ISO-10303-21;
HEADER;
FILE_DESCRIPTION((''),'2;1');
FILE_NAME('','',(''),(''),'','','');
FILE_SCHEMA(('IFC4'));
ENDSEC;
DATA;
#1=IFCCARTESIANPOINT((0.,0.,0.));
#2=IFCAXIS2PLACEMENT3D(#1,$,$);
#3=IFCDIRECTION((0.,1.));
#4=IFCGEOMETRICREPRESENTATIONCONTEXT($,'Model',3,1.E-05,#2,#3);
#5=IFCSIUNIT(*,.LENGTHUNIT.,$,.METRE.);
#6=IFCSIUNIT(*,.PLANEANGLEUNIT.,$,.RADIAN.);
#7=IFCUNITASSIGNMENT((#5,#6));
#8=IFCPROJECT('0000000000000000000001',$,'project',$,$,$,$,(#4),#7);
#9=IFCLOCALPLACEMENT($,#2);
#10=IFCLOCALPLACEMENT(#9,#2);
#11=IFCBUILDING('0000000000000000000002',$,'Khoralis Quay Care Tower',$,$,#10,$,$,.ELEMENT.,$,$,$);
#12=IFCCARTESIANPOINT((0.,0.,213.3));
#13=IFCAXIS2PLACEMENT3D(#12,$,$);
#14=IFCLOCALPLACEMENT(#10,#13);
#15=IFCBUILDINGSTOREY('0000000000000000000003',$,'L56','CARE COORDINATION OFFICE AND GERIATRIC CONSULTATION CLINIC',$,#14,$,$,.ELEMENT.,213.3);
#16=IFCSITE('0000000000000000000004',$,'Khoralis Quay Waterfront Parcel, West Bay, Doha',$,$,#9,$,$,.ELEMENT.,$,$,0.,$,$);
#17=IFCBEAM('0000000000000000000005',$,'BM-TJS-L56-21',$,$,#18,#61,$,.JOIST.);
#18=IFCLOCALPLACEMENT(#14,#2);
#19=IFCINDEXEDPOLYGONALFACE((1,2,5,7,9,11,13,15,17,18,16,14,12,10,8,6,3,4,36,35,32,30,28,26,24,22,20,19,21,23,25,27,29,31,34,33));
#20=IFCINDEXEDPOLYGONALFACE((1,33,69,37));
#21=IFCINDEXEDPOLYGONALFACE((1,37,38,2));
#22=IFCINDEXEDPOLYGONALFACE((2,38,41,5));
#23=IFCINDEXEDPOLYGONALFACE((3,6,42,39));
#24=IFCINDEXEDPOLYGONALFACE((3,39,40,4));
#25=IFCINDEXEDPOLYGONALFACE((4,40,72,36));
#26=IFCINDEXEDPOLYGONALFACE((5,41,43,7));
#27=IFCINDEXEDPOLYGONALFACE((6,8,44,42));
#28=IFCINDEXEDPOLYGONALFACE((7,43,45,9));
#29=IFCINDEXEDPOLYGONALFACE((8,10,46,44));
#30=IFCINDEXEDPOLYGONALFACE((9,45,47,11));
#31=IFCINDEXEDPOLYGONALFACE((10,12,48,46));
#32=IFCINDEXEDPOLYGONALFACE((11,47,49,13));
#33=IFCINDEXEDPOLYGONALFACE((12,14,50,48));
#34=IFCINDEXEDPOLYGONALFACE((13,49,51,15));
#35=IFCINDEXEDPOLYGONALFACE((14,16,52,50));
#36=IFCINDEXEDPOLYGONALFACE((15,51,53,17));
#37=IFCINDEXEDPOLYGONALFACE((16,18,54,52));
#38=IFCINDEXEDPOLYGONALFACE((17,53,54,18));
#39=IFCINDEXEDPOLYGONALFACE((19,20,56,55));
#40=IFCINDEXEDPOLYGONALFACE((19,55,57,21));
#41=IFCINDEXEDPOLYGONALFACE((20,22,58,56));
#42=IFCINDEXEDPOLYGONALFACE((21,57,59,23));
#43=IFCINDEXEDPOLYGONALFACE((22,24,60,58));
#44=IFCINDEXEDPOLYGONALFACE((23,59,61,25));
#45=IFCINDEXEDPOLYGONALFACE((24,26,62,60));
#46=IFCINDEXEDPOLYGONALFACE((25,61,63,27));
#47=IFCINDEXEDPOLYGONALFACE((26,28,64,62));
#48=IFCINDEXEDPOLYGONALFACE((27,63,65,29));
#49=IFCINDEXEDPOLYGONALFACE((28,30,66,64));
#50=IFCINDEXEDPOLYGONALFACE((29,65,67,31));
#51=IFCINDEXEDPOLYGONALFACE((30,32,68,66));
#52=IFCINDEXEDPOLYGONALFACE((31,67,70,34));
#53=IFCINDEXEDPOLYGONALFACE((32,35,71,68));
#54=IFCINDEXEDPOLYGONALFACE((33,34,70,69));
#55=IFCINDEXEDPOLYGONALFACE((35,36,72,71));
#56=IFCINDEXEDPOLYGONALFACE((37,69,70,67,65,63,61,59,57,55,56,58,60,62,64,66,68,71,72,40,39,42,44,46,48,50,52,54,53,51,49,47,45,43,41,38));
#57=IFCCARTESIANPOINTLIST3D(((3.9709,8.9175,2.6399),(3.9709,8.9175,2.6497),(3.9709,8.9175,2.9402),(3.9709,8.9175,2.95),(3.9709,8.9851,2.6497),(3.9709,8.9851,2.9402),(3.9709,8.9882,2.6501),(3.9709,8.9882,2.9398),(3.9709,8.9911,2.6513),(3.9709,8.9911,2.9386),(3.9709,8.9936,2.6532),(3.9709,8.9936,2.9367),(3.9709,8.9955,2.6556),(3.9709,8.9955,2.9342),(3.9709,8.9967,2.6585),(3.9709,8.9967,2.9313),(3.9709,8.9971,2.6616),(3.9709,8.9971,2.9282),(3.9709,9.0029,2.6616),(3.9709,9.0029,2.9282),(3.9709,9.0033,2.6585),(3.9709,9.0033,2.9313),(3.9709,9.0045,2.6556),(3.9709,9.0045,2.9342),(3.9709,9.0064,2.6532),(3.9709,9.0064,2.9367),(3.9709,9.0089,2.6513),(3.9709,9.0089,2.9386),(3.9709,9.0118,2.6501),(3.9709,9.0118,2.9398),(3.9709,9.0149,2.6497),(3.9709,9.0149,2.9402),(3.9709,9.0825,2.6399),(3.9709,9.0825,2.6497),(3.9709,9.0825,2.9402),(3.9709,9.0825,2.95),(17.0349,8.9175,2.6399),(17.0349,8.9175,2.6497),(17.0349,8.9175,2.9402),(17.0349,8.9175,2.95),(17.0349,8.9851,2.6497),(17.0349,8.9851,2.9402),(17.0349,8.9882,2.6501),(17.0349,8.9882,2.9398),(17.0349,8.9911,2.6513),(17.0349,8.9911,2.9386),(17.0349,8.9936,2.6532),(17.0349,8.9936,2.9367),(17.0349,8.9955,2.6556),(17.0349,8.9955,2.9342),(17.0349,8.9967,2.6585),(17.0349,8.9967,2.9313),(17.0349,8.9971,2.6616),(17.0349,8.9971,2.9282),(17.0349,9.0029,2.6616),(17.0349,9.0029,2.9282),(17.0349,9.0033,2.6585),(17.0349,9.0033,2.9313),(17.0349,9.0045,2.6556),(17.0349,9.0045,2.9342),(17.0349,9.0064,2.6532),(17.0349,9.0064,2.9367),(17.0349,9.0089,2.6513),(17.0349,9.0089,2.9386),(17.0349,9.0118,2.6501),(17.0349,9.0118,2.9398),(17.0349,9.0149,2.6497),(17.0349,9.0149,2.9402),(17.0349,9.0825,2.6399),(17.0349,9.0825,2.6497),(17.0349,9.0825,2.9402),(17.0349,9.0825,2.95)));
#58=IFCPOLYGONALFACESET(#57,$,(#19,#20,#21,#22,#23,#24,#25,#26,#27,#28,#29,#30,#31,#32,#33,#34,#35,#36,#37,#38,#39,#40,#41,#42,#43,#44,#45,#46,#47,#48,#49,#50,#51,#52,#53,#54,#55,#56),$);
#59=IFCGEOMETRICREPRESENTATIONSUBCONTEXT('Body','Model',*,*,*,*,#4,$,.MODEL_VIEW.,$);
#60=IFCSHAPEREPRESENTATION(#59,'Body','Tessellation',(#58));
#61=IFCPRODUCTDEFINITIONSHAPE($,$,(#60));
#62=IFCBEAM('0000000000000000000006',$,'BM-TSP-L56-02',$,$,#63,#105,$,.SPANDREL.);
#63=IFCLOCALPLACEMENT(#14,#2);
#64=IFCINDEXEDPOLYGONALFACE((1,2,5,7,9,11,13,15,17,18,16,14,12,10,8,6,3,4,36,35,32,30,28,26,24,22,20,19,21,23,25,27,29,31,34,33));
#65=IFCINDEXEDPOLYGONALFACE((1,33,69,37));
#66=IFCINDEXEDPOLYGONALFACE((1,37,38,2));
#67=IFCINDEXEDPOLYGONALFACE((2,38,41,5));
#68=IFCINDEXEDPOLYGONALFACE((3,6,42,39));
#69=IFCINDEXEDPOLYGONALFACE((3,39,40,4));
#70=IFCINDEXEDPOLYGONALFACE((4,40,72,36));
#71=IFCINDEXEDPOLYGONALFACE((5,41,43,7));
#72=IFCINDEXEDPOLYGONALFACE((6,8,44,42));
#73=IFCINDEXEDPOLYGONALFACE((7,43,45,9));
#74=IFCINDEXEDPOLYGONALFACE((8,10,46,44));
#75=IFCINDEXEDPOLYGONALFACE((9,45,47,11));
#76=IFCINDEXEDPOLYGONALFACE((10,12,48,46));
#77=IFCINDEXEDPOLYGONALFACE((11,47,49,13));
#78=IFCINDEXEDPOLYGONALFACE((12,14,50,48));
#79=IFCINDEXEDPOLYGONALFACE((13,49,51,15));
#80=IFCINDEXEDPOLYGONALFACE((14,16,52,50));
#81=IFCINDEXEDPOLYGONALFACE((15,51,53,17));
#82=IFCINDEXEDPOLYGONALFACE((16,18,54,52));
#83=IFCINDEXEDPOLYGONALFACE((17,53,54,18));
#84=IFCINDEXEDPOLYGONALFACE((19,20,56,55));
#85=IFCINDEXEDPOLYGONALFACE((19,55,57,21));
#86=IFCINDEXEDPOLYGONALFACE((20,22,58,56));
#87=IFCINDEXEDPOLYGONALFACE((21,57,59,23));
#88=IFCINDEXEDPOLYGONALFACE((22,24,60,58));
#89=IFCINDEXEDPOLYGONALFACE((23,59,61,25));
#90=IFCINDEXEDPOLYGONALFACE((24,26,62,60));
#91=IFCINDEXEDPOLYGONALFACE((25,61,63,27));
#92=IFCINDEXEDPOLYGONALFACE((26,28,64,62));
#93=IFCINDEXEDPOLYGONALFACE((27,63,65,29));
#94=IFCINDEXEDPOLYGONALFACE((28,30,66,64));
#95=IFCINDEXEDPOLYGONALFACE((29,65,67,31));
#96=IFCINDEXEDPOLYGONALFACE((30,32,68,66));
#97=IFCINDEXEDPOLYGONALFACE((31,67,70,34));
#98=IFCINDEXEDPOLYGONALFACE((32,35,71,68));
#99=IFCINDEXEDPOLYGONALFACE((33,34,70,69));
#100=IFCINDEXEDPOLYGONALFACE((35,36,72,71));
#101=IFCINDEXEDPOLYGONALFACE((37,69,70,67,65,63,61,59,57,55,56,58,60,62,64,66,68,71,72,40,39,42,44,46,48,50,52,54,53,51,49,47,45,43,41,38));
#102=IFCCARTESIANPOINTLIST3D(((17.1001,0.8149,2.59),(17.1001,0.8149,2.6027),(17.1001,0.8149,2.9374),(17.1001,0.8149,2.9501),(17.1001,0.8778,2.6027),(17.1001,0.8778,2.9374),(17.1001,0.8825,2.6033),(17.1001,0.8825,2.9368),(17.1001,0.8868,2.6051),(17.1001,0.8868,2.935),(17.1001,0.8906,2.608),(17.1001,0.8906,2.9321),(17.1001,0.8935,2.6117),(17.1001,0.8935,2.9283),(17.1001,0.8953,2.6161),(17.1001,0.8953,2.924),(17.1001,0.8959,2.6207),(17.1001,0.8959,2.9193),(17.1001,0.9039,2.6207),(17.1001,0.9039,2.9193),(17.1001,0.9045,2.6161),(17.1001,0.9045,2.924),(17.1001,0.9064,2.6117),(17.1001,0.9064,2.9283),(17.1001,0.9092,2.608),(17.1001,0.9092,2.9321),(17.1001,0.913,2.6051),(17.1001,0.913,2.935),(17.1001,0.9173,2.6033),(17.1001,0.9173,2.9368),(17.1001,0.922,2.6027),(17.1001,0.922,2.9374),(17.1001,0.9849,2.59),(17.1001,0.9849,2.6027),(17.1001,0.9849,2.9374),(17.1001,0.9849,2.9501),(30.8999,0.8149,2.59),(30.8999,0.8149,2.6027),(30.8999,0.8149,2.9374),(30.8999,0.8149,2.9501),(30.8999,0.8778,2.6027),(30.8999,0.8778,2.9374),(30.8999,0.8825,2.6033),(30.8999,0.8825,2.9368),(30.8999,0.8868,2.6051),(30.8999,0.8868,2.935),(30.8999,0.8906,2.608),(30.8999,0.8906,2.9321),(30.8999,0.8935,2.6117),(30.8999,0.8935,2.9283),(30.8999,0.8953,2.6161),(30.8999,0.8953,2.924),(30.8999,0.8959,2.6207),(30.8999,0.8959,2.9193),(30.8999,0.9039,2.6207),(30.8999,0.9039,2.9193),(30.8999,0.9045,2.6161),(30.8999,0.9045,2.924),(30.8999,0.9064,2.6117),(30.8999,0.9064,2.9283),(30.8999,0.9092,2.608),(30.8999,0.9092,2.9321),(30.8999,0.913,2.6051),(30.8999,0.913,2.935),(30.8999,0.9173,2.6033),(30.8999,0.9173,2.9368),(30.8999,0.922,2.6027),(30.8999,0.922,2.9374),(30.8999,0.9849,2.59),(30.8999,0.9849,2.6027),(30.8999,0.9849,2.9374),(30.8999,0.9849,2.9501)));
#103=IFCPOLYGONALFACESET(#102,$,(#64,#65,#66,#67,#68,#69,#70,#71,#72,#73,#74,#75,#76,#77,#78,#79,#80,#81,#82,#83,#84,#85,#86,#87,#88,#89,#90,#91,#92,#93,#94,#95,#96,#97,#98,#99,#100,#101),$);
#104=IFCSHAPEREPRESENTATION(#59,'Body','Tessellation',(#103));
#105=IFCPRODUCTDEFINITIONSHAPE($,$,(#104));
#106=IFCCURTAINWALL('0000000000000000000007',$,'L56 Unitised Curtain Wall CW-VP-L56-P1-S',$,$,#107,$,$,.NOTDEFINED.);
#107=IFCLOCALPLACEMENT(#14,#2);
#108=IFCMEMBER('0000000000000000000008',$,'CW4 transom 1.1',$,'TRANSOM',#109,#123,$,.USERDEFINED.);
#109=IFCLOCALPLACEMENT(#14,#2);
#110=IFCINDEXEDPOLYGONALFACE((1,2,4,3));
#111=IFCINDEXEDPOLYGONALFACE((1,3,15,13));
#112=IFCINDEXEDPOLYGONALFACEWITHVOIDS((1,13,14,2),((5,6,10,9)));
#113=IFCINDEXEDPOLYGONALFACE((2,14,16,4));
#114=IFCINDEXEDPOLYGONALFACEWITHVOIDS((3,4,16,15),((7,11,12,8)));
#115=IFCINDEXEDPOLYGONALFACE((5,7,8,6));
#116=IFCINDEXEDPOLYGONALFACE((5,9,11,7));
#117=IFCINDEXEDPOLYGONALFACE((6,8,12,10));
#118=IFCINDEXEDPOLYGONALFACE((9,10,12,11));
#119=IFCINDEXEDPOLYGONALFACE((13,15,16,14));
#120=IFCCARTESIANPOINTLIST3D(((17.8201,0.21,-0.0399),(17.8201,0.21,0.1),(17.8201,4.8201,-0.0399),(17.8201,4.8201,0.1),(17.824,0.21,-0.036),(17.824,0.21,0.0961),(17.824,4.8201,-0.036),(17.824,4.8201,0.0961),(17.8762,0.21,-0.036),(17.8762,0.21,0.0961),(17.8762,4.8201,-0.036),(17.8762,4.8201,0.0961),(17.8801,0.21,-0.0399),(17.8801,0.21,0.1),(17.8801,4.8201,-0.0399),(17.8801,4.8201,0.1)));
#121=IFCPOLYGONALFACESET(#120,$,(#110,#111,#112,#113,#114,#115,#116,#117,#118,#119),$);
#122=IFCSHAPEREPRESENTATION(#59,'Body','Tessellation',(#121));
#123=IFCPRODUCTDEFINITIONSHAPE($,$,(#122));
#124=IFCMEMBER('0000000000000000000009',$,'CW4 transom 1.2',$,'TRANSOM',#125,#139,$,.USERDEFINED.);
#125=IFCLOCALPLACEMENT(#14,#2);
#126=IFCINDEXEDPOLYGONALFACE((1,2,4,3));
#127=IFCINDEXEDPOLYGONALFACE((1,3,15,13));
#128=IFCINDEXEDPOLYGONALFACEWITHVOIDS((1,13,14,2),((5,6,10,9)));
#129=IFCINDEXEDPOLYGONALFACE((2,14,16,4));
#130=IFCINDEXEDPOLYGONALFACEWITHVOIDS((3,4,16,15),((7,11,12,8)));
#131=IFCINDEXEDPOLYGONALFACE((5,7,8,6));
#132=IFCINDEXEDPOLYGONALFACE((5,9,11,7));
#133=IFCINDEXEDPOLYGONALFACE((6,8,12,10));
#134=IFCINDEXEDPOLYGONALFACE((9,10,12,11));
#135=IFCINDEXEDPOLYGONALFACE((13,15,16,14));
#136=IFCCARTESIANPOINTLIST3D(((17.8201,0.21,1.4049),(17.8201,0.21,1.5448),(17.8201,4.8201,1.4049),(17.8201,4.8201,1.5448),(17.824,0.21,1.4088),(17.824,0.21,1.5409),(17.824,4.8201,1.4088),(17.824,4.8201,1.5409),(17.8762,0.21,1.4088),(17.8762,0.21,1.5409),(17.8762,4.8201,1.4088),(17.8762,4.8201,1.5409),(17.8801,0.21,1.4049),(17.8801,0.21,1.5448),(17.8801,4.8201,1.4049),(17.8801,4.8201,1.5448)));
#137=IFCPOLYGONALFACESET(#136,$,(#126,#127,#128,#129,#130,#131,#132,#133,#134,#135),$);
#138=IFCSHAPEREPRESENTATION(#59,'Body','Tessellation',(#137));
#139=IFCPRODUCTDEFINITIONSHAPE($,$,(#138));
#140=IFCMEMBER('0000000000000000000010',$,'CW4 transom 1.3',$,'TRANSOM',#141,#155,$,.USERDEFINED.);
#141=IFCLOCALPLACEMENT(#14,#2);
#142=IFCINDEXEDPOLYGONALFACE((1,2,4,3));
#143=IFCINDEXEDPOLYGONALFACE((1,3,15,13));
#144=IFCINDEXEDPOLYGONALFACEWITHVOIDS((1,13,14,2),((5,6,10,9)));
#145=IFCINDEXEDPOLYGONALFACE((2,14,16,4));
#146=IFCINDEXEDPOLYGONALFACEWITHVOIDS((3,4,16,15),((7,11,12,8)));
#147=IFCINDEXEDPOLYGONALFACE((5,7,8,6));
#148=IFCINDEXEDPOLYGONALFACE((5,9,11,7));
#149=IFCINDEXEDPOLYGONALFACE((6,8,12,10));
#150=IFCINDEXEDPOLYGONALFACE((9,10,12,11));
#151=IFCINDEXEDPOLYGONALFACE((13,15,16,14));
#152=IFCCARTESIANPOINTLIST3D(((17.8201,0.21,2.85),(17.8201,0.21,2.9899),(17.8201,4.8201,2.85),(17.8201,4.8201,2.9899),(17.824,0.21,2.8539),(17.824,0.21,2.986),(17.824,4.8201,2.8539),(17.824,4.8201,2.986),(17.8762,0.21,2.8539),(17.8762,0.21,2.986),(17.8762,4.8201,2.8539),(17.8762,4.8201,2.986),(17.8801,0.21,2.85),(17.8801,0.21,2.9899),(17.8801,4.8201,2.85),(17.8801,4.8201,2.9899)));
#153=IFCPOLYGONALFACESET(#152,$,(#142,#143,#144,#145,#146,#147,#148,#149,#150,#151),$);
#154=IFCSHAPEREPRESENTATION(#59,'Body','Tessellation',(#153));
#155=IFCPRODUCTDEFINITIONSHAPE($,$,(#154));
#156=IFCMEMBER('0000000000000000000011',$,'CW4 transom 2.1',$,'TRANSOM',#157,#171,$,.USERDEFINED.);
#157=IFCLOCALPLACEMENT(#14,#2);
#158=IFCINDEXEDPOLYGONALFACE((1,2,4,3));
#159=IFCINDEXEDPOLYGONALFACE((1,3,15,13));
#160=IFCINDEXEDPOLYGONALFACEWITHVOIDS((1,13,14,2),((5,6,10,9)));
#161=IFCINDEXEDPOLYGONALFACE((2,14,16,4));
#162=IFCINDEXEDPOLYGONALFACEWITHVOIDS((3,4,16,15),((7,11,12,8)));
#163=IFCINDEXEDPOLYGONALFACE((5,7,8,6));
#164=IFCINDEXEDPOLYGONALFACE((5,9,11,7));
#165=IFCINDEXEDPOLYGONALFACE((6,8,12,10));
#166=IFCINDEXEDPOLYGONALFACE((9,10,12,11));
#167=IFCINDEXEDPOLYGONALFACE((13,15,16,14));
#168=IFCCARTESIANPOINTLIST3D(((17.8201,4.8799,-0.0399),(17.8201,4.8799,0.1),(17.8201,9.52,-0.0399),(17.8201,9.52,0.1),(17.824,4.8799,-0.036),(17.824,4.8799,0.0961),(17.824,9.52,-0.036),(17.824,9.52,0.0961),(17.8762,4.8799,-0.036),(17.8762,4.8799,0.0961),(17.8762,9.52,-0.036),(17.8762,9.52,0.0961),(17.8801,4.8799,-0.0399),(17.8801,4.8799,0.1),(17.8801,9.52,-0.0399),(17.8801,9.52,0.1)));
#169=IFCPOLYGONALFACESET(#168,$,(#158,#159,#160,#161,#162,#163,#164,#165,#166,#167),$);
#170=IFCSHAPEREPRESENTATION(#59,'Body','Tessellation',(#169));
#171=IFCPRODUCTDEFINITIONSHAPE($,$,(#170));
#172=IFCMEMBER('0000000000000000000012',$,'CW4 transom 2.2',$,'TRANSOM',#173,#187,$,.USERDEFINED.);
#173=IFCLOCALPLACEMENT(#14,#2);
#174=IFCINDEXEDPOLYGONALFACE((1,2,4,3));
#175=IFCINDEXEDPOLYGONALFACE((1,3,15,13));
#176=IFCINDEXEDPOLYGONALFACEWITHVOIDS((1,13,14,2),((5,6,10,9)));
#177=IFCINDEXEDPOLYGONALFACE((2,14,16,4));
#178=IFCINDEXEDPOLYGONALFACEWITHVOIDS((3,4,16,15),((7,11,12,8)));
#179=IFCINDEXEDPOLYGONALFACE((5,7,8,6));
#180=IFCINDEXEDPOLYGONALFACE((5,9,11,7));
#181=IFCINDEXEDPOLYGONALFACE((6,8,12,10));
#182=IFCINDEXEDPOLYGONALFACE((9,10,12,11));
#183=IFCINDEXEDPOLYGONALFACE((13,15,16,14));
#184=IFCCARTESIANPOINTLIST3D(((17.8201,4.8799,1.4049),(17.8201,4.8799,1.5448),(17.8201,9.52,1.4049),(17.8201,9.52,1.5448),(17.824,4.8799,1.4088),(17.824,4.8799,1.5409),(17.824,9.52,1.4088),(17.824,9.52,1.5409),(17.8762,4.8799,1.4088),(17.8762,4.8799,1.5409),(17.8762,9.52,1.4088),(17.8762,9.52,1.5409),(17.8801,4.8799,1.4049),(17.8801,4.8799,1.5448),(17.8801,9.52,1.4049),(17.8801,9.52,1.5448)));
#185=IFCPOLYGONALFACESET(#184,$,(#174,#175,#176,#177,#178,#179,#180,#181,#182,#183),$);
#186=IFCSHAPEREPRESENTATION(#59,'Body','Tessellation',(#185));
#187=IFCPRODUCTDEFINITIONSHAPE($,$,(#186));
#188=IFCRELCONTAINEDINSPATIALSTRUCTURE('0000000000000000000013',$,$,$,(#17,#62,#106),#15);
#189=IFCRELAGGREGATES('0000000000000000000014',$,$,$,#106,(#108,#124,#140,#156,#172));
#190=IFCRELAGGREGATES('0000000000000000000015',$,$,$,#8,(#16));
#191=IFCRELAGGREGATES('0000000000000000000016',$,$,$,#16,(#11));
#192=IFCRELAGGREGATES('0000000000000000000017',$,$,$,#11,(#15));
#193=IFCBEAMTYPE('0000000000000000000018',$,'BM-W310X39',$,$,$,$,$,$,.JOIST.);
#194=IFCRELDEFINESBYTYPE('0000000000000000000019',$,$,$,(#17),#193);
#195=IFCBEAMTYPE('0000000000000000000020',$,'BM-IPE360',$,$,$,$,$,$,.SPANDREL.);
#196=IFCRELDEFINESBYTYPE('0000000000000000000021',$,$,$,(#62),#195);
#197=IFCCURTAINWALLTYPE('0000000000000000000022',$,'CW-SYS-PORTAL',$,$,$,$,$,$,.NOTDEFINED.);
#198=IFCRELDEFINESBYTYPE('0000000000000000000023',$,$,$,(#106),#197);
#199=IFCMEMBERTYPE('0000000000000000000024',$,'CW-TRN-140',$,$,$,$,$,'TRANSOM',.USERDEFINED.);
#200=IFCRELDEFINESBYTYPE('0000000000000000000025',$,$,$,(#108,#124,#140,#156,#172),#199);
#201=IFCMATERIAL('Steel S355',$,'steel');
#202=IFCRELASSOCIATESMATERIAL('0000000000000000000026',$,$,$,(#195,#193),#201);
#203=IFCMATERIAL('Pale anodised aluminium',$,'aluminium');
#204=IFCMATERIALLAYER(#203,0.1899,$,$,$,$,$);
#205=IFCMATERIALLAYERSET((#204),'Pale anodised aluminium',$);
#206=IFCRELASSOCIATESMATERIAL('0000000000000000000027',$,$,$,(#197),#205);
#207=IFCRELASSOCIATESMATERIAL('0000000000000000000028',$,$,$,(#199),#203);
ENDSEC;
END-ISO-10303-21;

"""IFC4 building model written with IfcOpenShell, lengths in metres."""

from ifc_helpers import new_model, si_unit, direction, frame, origin, origin_2d, place, context, subcontext, project, spatial, hollow_rectangle, i_section, extrude, source, transform, mapped, material, layer, layer_set, material_profile, profile_set, type_object, element, aggregate, save


model = new_model("IFC4")

# Units and contexts
model_context = context("Model", 3, precision=1e-05, world=origin(), true_north=direction((0.0, 1.0)))
body_context = subcontext(model_context, "Body", "Model", "MODEL_VIEW")
ifc_project = project(units=[si_unit("LENGTHUNIT", "METRE"), si_unit("PLANEANGLEUNIT", "RADIAN")], contexts=[model_context])

# Site, building, storey
site_placement = place(None, origin())
site = spatial("IfcSite", under=ifc_project, at=site_placement, Name="Khoralis Quay Waterfront Parcel, West Bay, Doha", CompositionType="ELEMENT", RefElevation=0.0)
building_placement = place(site_placement, origin())
building = spatial("IfcBuilding", under=site, at=building_placement, Name="Khoralis Quay Care Tower", CompositionType="ELEMENT")
storey_placement = place(building_placement, frame((0.0, 0.0, 213.3)))
storey = spatial("IfcBuildingStorey", under=building, at=storey_placement, Name="L56", Description="CARE COORDINATION OFFICE AND GERIATRIC CONSULTATION CLINIC", CompositionType="ELEMENT", Elevation=213.3)

# Beams
ifc_material_1 = material(Name="Steel S355", Category="steel")
ifc_material_profile_1 = material_profile(ifc_material_1, i_section(OverallWidth=0.1699, OverallDepth=0.3601, WebThickness=0.0081, FlangeThickness=0.0127, FilletRadius=0.0181, at=origin_2d()), Name="Steel S355")
ifc_profile_set_1 = profile_set([ifc_material_profile_1], Name="Steel S355")
beam_type_1 = type_object("IfcBeamType", Name="BM-IPE360", PredefinedType="SPANDREL", material=ifc_profile_set_1)
ifc_material_profile_2 = material_profile(ifc_material_1, i_section(OverallWidth=0.165, OverallDepth=0.3101, WebThickness=0.0059, FlangeThickness=0.0098, FilletRadius=0.012, at=origin_2d()), Name="Steel S355")
ifc_profile_set_2 = profile_set([ifc_material_profile_2], Name="Steel S355")
beam_type_2 = type_object("IfcBeamType", Name="BM-W310X39", PredefinedType="JOIST", material=ifc_profile_set_2)
shared_shape_1 = source(origin(), body_context, "Body", "SweptSolid", [
    extrude(i_section(OverallWidth=0.165, OverallDepth=0.3101, WebThickness=0.0059, FlangeThickness=0.0098, FilletRadius=0.012, at=origin_2d()), origin(), (0.0, 0.0, 1.0), 13.064),
])
beam_1_placement = place(storey_placement, frame((3.9709, 9.0, 2.7949), z_axis=(1.0, 0.0, 0.0), x_axis=(0.0, 1.0, 0.0)))
element("IfcBeam", 1, at=beam_1_placement, inside=storey, type_object=beam_type_2, Name="BM-TJS-L56-21", PredefinedType="JOIST", context=body_context, shape_type="MappedRepresentation", body=[
    mapped(shared_shape_1, transform((0.0, 0.0, 0.0), scale=1.0)),
])
shared_shape_2 = source(origin(), body_context, "Body", "SweptSolid", [
    extrude(i_section(OverallWidth=0.1699, OverallDepth=0.3601, WebThickness=0.0081, FlangeThickness=0.0127, FilletRadius=0.0181, at=origin_2d()), origin(), (0.0, 0.0, 1.0), 13.7998),
])
beam_2_placement = place(storey_placement, frame((17.1001, 0.8999, 2.77), z_axis=(1.0, 0.0, 0.0), x_axis=(0.0, 1.0, 0.0)))
element("IfcBeam", 2, at=beam_2_placement, inside=storey, type_object=beam_type_1, Name="BM-TSP-L56-02", PredefinedType="SPANDREL", context=body_context, shape_type="MappedRepresentation", body=[
    mapped(shared_shape_2, transform((0.0, 0.0, 0.0), scale=1.0)),
])

# Curtain wall, members
ifc_material_2 = material(Name="Pale anodised aluminium", Category="aluminium")
ifc_layer_1 = layer(ifc_material_2, 0.1899)
ifc_layer_set_1 = layer_set([ifc_layer_1], Name="Pale anodised aluminium")
curtain_wall_type = type_object("IfcCurtainWallType", Name="CW-SYS-PORTAL", PredefinedType="NOTDEFINED", material=ifc_layer_set_1)
curtain_wall_placement = place(storey_placement, origin())
curtain_wall = element("IfcCurtainWall", 3, at=curtain_wall_placement, inside=storey, type_object=curtain_wall_type, Name="L56 Unitised Curtain Wall CW-VP-L56-P1-S", PredefinedType="NOTDEFINED")
ifc_material_profile_3 = material_profile(ifc_material_2, hollow_rectangle(XDim=0.0601, YDim=0.1399, WallThickness=0.0039, at=origin_2d()), Name="Pale anodised aluminium")
ifc_profile_set_3 = profile_set([ifc_material_profile_3], Name="Pale anodised aluminium")
member_type_1 = type_object("IfcMemberType", Name="CW-TRN-140", ElementType="TRANSOM", PredefinedType="USERDEFINED", material=ifc_profile_set_3)
shared_shape_3 = source(origin(), body_context, "Body", "SweptSolid", [
    extrude(hollow_rectangle(XDim=0.0601, YDim=0.1399, WallThickness=0.0039, at=origin_2d()), origin(), (0.0, 0.0, 1.0), 4.6101),
])
member_1_placement = place(storey_placement, frame((17.8501, 0.21, 0.03), z_axis=(0.0, 1.0, 0.0), x_axis=(-1.0, 0.0, 0.0)))
member_1 = element("IfcMember", 4, at=member_1_placement, type_object=member_type_1, Name="CW4 transom 1.1", ObjectType="TRANSOM", PredefinedType="USERDEFINED", context=body_context, shape_type="MappedRepresentation", body=[
    mapped(shared_shape_3, transform((0.0, 0.0, 0.0), scale=1.0)),
])
member_2_placement = place(storey_placement, frame((17.8501, 0.21, 1.4749), z_axis=(0.0, 1.0, 0.0), x_axis=(-1.0, 0.0, 0.0)))
member_2 = element("IfcMember", 5, at=member_2_placement, type_object=member_type_1, Name="CW4 transom 1.2", ObjectType="TRANSOM", PredefinedType="USERDEFINED", context=body_context, shape_type="MappedRepresentation", body=[
    mapped(shared_shape_3, transform((0.0, 0.0, 0.0), scale=1.0)),
])
member_3_placement = place(storey_placement, frame((17.8501, 0.21, 2.9199), z_axis=(0.0, 1.0, 0.0), x_axis=(-1.0, 0.0, 0.0)))
member_3 = element("IfcMember", 6, at=member_3_placement, type_object=member_type_1, Name="CW4 transom 1.3", ObjectType="TRANSOM", PredefinedType="USERDEFINED", context=body_context, shape_type="MappedRepresentation", body=[
    mapped(shared_shape_3, transform((0.0, 0.0, 0.0), scale=1.0)),
])
shared_shape_4 = source(origin(), body_context, "Body", "SweptSolid", [
    extrude(hollow_rectangle(XDim=0.0601, YDim=0.1399, WallThickness=0.0039, at=origin_2d()), origin(), (0.0, 0.0, 1.0), 4.6401),
])
member_4_placement = place(storey_placement, frame((17.8501, 4.8799, 0.03), z_axis=(0.0, 1.0, 0.0), x_axis=(-1.0, 0.0, 0.0)))
member_4 = element("IfcMember", 7, at=member_4_placement, type_object=member_type_1, Name="CW4 transom 2.1", ObjectType="TRANSOM", PredefinedType="USERDEFINED", context=body_context, shape_type="MappedRepresentation", body=[
    mapped(shared_shape_4, transform((0.0, 0.0, 0.0), scale=1.0)),
])
member_5_placement = place(storey_placement, frame((17.8501, 4.8799, 1.4749), z_axis=(0.0, 1.0, 0.0), x_axis=(-1.0, 0.0, 0.0)))
member_5 = element("IfcMember", 8, at=member_5_placement, type_object=member_type_1, Name="CW4 transom 2.2", ObjectType="TRANSOM", PredefinedType="USERDEFINED", context=body_context, shape_type="MappedRepresentation", body=[
    mapped(shared_shape_4, transform((0.0, 0.0, 0.0), scale=1.0)),
])

aggregate(curtain_wall, [member_1, member_2, member_3, member_4, member_5])

save(model, "model.ifc")
